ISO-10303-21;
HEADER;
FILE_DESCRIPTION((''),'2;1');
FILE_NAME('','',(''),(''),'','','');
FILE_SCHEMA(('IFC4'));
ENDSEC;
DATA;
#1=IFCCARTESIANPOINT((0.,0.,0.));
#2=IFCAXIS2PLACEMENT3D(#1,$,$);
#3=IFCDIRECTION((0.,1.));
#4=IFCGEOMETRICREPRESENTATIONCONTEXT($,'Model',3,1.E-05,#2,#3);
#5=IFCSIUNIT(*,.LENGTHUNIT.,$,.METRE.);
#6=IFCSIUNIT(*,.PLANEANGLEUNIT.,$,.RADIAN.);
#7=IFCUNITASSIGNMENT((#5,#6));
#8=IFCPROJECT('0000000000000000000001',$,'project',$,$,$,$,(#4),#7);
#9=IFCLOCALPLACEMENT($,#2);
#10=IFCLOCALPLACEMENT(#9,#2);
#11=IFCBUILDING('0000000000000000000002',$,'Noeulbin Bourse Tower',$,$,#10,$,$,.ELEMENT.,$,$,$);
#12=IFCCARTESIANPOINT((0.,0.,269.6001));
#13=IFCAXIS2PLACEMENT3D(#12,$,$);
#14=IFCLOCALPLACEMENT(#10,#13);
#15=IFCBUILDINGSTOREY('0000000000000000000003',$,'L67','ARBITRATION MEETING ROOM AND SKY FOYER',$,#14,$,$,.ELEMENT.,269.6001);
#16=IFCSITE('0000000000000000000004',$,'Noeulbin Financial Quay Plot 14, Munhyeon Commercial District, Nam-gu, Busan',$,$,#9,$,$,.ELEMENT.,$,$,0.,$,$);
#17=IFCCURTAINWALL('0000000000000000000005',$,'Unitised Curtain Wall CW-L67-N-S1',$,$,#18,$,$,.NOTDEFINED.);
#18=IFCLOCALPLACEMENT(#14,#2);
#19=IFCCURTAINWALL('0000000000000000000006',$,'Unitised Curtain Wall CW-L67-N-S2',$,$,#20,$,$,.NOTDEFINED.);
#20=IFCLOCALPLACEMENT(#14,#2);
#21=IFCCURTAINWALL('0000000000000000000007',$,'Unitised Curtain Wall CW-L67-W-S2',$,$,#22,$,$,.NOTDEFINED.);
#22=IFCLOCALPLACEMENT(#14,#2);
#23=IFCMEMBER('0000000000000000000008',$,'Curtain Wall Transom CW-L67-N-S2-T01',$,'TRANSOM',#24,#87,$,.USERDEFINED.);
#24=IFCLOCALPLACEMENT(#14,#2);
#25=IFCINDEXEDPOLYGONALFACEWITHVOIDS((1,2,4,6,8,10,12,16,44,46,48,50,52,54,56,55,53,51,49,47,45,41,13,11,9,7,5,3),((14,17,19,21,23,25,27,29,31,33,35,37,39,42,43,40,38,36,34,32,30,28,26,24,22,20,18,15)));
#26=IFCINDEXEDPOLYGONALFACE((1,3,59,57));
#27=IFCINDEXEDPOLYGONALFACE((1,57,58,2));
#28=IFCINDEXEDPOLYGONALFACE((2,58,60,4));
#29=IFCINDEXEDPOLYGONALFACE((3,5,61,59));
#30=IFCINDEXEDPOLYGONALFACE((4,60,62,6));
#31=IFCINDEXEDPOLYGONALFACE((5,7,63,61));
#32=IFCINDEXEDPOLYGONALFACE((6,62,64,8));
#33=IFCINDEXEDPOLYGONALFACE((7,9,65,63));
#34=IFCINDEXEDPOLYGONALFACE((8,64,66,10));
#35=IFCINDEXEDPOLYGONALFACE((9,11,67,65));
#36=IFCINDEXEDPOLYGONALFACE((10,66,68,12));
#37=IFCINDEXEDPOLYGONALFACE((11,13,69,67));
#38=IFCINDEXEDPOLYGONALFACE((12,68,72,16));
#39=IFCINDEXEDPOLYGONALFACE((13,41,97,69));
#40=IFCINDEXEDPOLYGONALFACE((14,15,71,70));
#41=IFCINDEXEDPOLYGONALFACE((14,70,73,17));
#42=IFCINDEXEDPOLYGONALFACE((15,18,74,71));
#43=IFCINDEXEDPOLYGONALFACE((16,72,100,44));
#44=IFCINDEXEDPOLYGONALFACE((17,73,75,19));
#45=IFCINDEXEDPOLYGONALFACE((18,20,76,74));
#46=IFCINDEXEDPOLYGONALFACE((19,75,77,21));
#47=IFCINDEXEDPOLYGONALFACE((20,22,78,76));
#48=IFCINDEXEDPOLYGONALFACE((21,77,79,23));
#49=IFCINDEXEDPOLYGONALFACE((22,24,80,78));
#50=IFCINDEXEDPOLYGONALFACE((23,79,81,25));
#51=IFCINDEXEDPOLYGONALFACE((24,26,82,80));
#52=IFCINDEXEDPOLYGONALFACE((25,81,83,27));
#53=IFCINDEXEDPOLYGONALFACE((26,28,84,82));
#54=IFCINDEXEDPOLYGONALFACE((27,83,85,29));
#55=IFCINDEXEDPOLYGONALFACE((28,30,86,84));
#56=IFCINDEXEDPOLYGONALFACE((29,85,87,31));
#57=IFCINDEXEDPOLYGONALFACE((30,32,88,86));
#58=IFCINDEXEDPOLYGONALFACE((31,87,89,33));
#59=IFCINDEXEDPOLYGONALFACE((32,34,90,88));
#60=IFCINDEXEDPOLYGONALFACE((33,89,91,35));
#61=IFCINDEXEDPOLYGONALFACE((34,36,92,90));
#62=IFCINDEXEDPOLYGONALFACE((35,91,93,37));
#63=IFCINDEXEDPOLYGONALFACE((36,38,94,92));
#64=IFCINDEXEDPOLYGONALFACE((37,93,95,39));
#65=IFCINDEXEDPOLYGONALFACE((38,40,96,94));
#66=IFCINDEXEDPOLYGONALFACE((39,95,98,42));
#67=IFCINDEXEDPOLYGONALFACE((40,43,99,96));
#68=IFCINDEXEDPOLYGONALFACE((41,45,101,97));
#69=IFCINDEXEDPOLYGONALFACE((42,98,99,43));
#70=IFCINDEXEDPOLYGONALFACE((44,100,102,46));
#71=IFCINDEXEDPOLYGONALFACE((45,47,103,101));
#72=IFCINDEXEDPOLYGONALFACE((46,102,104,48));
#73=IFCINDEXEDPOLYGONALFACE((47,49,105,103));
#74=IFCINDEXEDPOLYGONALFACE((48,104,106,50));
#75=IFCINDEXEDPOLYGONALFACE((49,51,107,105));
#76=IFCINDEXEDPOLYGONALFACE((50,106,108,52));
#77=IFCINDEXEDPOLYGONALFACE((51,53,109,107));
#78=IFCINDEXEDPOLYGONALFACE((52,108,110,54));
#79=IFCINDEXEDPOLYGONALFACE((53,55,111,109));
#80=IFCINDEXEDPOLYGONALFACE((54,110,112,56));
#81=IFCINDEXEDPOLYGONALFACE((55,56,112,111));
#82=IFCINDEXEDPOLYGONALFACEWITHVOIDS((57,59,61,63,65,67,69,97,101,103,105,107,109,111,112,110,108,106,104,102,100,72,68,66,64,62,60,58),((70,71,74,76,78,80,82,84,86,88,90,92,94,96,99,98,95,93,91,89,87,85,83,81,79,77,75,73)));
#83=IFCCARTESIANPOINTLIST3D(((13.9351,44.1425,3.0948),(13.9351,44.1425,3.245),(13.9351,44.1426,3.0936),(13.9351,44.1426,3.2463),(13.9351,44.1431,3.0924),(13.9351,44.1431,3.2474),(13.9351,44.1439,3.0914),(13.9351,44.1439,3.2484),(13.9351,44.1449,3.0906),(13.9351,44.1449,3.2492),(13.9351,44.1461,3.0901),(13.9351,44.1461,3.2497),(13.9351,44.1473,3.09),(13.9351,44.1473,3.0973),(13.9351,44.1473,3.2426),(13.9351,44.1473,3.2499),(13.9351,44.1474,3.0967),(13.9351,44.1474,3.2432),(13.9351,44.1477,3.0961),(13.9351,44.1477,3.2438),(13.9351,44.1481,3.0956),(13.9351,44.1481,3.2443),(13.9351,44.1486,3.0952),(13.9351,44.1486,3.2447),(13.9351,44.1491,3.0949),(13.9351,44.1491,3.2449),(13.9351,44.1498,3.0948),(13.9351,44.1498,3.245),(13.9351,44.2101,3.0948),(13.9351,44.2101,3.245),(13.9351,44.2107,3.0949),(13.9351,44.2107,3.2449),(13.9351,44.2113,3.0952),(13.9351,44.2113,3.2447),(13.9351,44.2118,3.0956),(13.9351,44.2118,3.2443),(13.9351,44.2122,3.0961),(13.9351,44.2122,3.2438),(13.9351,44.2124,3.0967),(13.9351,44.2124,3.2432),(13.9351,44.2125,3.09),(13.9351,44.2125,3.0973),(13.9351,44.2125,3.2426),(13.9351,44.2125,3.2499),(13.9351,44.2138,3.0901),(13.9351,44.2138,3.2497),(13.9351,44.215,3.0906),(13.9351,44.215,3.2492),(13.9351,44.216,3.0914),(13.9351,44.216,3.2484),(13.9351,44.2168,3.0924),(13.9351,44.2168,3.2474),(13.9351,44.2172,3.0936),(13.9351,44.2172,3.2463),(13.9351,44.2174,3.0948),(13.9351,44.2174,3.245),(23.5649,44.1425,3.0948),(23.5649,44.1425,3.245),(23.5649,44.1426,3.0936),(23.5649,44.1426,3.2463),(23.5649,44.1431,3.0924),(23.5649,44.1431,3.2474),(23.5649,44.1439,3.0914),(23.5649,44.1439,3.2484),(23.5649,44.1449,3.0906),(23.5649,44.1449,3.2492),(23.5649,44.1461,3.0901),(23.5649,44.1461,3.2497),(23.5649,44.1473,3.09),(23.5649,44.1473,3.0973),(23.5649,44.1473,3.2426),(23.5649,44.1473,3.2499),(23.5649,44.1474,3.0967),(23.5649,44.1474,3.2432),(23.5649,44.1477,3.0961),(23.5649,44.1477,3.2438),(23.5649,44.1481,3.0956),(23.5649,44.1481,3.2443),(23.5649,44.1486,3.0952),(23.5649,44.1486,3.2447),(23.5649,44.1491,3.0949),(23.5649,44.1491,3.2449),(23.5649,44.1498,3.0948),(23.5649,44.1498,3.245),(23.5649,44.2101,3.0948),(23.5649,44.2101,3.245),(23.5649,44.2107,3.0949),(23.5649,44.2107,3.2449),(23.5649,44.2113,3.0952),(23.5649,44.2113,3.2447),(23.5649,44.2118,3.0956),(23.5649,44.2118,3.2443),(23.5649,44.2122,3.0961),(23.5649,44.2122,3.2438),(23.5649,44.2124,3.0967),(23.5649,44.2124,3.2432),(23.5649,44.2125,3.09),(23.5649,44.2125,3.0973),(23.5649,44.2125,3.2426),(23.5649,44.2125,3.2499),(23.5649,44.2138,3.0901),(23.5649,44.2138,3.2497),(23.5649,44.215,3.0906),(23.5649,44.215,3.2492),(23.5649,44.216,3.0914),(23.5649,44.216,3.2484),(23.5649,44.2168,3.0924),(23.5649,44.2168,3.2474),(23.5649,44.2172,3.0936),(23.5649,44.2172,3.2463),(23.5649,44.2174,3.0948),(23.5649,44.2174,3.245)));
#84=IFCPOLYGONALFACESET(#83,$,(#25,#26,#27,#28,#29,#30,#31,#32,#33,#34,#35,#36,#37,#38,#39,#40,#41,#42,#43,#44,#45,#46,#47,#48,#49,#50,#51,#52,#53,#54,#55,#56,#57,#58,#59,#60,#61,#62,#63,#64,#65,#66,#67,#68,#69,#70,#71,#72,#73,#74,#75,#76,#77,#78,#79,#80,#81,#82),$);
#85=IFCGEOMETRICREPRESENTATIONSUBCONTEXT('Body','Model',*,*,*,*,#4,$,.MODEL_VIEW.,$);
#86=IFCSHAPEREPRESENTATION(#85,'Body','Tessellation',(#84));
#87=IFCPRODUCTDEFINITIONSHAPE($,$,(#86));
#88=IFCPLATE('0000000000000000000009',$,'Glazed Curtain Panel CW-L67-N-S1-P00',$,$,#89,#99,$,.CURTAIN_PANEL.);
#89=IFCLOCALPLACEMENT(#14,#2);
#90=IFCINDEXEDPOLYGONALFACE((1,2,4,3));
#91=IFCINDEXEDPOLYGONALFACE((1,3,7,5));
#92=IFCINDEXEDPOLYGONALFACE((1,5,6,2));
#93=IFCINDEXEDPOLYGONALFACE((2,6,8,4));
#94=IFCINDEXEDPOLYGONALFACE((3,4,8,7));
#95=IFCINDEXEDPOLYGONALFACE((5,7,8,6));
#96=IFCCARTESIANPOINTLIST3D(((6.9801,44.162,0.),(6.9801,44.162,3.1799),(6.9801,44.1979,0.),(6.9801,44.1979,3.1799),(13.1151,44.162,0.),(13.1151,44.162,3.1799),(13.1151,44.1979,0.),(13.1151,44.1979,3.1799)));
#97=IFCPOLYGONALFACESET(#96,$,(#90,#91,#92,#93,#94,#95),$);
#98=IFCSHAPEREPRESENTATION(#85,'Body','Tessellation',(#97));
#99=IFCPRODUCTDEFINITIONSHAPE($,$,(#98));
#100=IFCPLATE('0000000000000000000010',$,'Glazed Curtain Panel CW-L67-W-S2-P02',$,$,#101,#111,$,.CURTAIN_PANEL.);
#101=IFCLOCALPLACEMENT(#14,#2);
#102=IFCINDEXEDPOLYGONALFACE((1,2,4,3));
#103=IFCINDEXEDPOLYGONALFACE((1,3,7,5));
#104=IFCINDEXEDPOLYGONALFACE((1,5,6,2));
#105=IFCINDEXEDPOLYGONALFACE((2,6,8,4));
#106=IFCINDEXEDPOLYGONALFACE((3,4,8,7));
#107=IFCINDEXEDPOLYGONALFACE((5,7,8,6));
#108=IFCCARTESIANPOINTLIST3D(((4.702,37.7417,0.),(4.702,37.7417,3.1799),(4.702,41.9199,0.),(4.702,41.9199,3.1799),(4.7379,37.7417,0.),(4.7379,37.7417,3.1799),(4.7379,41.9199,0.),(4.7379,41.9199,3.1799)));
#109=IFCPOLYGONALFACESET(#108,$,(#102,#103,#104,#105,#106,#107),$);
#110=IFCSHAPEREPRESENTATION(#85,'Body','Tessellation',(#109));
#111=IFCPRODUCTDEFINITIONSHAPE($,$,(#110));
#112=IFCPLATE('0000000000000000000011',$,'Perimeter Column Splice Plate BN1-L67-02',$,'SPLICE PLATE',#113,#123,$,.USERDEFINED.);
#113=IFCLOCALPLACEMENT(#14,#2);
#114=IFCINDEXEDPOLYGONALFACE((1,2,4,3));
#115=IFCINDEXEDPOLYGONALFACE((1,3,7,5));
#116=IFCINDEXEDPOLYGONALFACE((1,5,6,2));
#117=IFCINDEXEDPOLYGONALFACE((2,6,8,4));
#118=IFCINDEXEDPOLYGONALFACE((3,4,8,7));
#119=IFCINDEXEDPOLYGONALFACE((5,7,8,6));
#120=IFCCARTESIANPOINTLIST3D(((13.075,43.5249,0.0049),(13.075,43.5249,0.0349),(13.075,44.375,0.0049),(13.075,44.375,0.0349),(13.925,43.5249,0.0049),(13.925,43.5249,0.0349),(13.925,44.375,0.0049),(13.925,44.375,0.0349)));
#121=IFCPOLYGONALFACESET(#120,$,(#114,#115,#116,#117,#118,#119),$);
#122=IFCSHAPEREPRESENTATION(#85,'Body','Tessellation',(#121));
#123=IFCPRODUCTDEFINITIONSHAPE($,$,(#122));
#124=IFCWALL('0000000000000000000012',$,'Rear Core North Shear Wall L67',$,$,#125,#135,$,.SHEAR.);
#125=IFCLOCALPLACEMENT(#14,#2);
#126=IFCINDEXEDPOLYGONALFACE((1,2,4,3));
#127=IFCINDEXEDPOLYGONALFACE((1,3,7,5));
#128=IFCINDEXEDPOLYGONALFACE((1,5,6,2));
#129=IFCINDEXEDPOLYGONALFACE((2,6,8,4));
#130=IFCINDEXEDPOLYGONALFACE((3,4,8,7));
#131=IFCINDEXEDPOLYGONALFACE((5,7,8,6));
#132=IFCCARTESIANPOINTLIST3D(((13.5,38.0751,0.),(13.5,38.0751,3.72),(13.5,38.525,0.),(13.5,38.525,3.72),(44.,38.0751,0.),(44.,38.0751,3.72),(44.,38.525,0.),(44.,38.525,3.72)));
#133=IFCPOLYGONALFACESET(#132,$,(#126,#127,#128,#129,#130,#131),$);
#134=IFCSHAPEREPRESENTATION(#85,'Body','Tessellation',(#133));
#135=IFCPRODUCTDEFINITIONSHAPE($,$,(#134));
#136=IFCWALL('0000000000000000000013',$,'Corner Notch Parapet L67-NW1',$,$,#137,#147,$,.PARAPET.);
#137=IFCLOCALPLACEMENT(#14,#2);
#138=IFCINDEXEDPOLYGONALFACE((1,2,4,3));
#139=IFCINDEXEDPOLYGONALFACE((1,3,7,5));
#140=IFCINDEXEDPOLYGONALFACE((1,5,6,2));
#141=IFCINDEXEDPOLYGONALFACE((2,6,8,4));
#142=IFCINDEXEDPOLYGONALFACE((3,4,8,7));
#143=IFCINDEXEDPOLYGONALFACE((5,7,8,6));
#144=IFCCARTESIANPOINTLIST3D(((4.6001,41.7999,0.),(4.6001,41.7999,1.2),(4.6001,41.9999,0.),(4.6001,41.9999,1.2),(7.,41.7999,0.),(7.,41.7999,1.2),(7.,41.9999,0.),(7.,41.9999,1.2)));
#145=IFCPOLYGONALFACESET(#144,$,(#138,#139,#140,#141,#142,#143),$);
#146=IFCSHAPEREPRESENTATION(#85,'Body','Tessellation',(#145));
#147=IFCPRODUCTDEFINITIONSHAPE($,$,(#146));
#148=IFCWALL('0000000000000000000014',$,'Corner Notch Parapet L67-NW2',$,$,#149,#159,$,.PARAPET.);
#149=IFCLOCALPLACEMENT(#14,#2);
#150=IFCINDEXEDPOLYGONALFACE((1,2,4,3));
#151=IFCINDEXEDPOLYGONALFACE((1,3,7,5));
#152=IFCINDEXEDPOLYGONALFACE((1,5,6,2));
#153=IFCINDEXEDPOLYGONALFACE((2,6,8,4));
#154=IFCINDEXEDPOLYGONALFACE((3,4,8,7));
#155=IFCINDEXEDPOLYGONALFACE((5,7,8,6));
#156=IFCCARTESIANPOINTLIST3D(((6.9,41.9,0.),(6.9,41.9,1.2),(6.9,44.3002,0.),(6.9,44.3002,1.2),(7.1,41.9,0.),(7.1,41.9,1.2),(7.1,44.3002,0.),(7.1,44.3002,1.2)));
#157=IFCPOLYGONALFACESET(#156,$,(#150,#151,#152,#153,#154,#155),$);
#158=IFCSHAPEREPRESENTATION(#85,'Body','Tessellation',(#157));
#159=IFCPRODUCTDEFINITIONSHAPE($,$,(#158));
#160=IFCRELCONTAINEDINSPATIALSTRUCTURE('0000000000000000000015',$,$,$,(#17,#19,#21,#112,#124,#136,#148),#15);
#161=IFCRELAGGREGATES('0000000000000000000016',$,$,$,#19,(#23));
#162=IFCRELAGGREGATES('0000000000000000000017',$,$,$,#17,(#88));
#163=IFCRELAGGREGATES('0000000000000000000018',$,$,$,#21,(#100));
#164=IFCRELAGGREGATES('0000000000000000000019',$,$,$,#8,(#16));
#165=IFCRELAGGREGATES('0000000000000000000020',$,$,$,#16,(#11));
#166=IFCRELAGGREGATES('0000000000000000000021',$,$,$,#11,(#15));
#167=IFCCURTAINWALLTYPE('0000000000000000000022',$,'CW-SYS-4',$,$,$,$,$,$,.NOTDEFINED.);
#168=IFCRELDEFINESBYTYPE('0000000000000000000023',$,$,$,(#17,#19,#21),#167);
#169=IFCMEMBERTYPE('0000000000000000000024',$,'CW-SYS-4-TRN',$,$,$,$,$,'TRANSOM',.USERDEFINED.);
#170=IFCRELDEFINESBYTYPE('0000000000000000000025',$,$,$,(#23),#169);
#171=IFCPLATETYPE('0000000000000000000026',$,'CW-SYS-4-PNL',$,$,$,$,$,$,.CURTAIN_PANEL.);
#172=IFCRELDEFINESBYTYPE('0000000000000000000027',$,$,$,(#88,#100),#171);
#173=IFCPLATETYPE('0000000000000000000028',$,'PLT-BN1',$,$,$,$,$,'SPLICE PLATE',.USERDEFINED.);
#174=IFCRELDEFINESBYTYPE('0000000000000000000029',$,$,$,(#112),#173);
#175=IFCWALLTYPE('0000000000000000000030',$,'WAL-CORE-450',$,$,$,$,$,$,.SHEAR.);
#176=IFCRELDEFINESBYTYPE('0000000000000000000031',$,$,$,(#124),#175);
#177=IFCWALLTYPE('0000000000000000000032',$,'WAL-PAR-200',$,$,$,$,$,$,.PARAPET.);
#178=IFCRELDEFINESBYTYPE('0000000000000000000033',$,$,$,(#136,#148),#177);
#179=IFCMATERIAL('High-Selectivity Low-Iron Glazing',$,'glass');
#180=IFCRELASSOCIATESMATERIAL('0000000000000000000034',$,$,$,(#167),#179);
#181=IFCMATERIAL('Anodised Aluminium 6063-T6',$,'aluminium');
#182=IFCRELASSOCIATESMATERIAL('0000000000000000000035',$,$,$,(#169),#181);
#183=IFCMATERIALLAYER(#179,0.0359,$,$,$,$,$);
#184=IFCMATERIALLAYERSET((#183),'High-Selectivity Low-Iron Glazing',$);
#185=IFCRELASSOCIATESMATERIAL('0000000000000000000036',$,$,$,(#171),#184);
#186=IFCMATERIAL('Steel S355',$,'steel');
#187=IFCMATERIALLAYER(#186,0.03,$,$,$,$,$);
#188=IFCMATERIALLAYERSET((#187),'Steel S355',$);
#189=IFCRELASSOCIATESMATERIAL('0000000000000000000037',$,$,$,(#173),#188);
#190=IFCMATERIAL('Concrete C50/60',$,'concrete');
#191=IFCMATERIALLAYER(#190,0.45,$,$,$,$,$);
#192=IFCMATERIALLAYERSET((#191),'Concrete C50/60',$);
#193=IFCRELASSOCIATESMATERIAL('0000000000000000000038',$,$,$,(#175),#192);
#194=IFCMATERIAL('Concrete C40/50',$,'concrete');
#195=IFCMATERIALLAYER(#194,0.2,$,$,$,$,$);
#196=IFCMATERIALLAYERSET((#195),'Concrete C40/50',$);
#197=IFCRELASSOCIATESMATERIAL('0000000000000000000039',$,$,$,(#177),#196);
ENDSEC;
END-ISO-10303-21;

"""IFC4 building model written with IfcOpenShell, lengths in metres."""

from ifc_helpers import new_model, si_unit, direction, frame, frame_2d, origin, origin_2d, place, context, subcontext, project, spatial, rectangle, hollow_rectangle, extrude, material, layer, layer_set, material_profile, profile_set, type_object, element, aggregate, save


model = new_model("IFC4")

# Units and contexts
model_context = context("Model", 3, precision=1e-05, world=origin(), true_north=direction((0.0, 1.0)))
body_context = subcontext(model_context, "Body", "Model", "MODEL_VIEW")
ifc_project = project(units=[si_unit("LENGTHUNIT", "METRE"), si_unit("PLANEANGLEUNIT", "RADIAN")], contexts=[model_context])

# Site, building, storey
site_placement = place(None, origin())
site = spatial("IfcSite", under=ifc_project, at=site_placement, Name="Noeulbin Financial Quay Plot 14, Munhyeon Commercial District, Nam-gu, Busan", CompositionType="ELEMENT", RefElevation=0.0)
building_placement = place(site_placement, origin())
building = spatial("IfcBuilding", under=site, at=building_placement, Name="Noeulbin Bourse Tower", CompositionType="ELEMENT")
storey_placement = place(building_placement, frame((0.0, 0.0, 269.6001)))
storey = spatial("IfcBuildingStorey", under=building, at=storey_placement, Name="L67", Description="ARBITRATION MEETING ROOM AND SKY FOYER", CompositionType="ELEMENT", Elevation=269.6001)

# Shared definitions
ifc_material_1 = material(Name="Steel S355", Category="steel")

# Curtain wall
ifc_material_2 = material(Name="High-Selectivity Low-Iron Glazing", Category="glass")
curtain_wall_type = type_object("IfcCurtainWallType", Name="CW-SYS-4", PredefinedType="NOTDEFINED", material=ifc_material_2)
curtain_wall_1_placement = place(storey_placement, origin())
curtain_wall_1 = element("IfcCurtainWall", 1, at=curtain_wall_1_placement, inside=storey, type_object=curtain_wall_type, Name="Unitised Curtain Wall CW-L67-N-S1", PredefinedType="NOTDEFINED")
ifc_material_3 = material(Name="Anodised Aluminium 6063-T6", Category="aluminium")

# Curtain walls
curtain_wall_2_placement = place(storey_placement, origin())
curtain_wall_2 = element("IfcCurtainWall", 2, at=curtain_wall_2_placement, inside=storey, type_object=curtain_wall_type, Name="Unitised Curtain Wall CW-L67-N-S2", PredefinedType="NOTDEFINED")
curtain_wall_3_placement = place(storey_placement, origin())
curtain_wall_3 = element("IfcCurtainWall", 3, at=curtain_wall_3_placement, inside=storey, type_object=curtain_wall_type, Name="Unitised Curtain Wall CW-L67-W-S2", PredefinedType="NOTDEFINED")

# Member
ifc_material_profile_1 = material_profile(ifc_material_3, hollow_rectangle(XDim=0.075, YDim=0.1599, WallThickness=0.0049, InnerFilletRadius=0.0024, OuterFilletRadius=0.0049, at=origin_2d()), Name="ALU-TRAN-75x160x5", Category="LoadBearing")
ifc_profile_set_1 = profile_set([ifc_material_profile_1], Name="Anodised Aluminium 6063-T6")
member_type_1 = type_object("IfcMemberType", Name="CW-SYS-4-TRN", ElementType="TRANSOM", PredefinedType="USERDEFINED", material=ifc_profile_set_1)
member_1_placement = place(storey_placement, frame((13.9351, 44.1799, 3.1699), z_axis=(1.0, 0.0, 0.0), x_axis=(0.0, 1.0, 0.0)))
member_1 = element("IfcMember", 4, at=member_1_placement, type_object=member_type_1, Name="Curtain Wall Transom CW-L67-N-S2-T01", ObjectType="TRANSOM", PredefinedType="USERDEFINED", context=body_context, shape_type="SweptSolid", body=[
    extrude(hollow_rectangle(XDim=0.075, YDim=0.1599, WallThickness=0.0049, InnerFilletRadius=0.0024, OuterFilletRadius=0.0049, at=origin_2d()), origin(), (0.0, 0.0, 1.0), 9.6299),
])
aggregate(curtain_wall_2, [member_1])

# Plates
ifc_layer_1 = layer(ifc_material_2, 0.0359)
ifc_layer_set_1 = layer_set([ifc_layer_1], Name="High-Selectivity Low-Iron Glazing")
plate_type_1 = type_object("IfcPlateType", Name="CW-SYS-4-PNL", PredefinedType="CURTAIN_PANEL", material=ifc_layer_set_1)
plate_1_placement = place(storey_placement, frame((10.0476, 44.1799, 0.0), z_axis=(0.0, 0.0, 1.0), x_axis=(1.0, 0.0, 0.0)))
plate_1 = element("IfcPlate", 5, at=plate_1_placement, type_object=plate_type_1, Name="Glazed Curtain Panel CW-L67-N-S1-P00", PredefinedType="CURTAIN_PANEL", context=body_context, shape_type="SweptSolid", body=[
    extrude(rectangle(XDim=6.135, YDim=0.0359, at=origin_2d()), origin(), (0.0, 0.0, 1.0), 3.1799),
])
aggregate(curtain_wall_1, [plate_1])
plate_2_placement = place(storey_placement, frame((4.72, 39.8308, 0.0), z_axis=(0.0, 0.0, 1.0), x_axis=(0.0, 1.0, 0.0)))
plate_2 = element("IfcPlate", 6, at=plate_2_placement, type_object=plate_type_1, Name="Glazed Curtain Panel CW-L67-W-S2-P02", PredefinedType="CURTAIN_PANEL", context=body_context, shape_type="SweptSolid", body=[
    extrude(rectangle(XDim=4.1782, YDim=0.0359, at=origin_2d()), origin(), (0.0, 0.0, 1.0), 3.1799),
])
aggregate(curtain_wall_3, [plate_2])
ifc_layer_2 = layer(ifc_material_1, 0.03)
ifc_layer_set_2 = layer_set([ifc_layer_2], Name="Steel S355")
plate_type_2 = type_object("IfcPlateType", Name="PLT-BN1", ElementType="SPLICE PLATE", PredefinedType="USERDEFINED", material=ifc_layer_set_2)
plate_3_placement = place(storey_placement, frame((13.5, 43.95, 0.0049), z_axis=(0.0, 0.0, 1.0), x_axis=(1.0, 0.0, 0.0)))
element("IfcPlate", 7, at=plate_3_placement, inside=storey, type_object=plate_type_2, Name="Perimeter Column Splice Plate BN1-L67-02", ObjectType="SPLICE PLATE", PredefinedType="USERDEFINED", context=body_context, shape_type="SweptSolid", body=[
    extrude(rectangle(XDim=0.8501, YDim=0.8501, at=origin_2d()), origin(), (0.0, 0.0, 1.0), 0.03),
])

# Walls
ifc_material_4 = material(Name="Concrete C50/60", Category="concrete")
ifc_layer_3 = layer(ifc_material_4, 0.45)
ifc_layer_set_3 = layer_set([ifc_layer_3], Name="Concrete C50/60")
wall_type_1 = type_object("IfcWallType", Name="WAL-CORE-450", PredefinedType="SHEAR", material=ifc_layer_set_3)
wall_1_placement = place(storey_placement, frame((13.5, 38.3, 0.0), z_axis=(0.0, 0.0, 1.0), x_axis=(1.0, 0.0, 0.0)))
element("IfcWall", 8, at=wall_1_placement, inside=storey, type_object=wall_type_1, Name="Rear Core North Shear Wall L67", PredefinedType="SHEAR", context=body_context, shape_type="SweptSolid", body=[
    extrude(rectangle(XDim=30.5, YDim=0.45, at=frame_2d((15.25, 0.0))), origin(), (0.0, 0.0, 1.0), 3.72),
])
ifc_material_5 = material(Name="Concrete C40/50", Category="concrete")
ifc_layer_4 = layer(ifc_material_5, 0.2)
ifc_layer_set_4 = layer_set([ifc_layer_4], Name="Concrete C40/50")
wall_type_2 = type_object("IfcWallType", Name="WAL-PAR-200", PredefinedType="PARAPET", material=ifc_layer_set_4)
wall_2_placement = place(storey_placement, frame((4.6001, 41.8999, 0.0), z_axis=(0.0, 0.0, 1.0), x_axis=(1.0, 0.0, 0.0)))
element("IfcWall", 9, at=wall_2_placement, inside=storey, type_object=wall_type_2, Name="Corner Notch Parapet L67-NW1", PredefinedType="PARAPET", context=body_context, shape_type="SweptSolid", body=[
    extrude(rectangle(XDim=2.3999, YDim=0.2, at=frame_2d((1.2, 0.0))), origin(), (0.0, 0.0, 1.0), 1.2),
])
wall_3_placement = place(storey_placement, frame((7.0, 41.8999, 0.0), z_axis=(0.0, 0.0, 1.0), x_axis=(0.0, 1.0, 0.0)))
element("IfcWall", 10, at=wall_3_placement, inside=storey, type_object=wall_type_2, Name="Corner Notch Parapet L67-NW2", PredefinedType="PARAPET", context=body_context, shape_type="SweptSolid", body=[
    extrude(rectangle(XDim=2.4001, YDim=0.2, at=frame_2d((1.2002, 0.0))), origin(), (0.0, 0.0, 1.0), 1.2),
])

save(model, "model.ifc")
